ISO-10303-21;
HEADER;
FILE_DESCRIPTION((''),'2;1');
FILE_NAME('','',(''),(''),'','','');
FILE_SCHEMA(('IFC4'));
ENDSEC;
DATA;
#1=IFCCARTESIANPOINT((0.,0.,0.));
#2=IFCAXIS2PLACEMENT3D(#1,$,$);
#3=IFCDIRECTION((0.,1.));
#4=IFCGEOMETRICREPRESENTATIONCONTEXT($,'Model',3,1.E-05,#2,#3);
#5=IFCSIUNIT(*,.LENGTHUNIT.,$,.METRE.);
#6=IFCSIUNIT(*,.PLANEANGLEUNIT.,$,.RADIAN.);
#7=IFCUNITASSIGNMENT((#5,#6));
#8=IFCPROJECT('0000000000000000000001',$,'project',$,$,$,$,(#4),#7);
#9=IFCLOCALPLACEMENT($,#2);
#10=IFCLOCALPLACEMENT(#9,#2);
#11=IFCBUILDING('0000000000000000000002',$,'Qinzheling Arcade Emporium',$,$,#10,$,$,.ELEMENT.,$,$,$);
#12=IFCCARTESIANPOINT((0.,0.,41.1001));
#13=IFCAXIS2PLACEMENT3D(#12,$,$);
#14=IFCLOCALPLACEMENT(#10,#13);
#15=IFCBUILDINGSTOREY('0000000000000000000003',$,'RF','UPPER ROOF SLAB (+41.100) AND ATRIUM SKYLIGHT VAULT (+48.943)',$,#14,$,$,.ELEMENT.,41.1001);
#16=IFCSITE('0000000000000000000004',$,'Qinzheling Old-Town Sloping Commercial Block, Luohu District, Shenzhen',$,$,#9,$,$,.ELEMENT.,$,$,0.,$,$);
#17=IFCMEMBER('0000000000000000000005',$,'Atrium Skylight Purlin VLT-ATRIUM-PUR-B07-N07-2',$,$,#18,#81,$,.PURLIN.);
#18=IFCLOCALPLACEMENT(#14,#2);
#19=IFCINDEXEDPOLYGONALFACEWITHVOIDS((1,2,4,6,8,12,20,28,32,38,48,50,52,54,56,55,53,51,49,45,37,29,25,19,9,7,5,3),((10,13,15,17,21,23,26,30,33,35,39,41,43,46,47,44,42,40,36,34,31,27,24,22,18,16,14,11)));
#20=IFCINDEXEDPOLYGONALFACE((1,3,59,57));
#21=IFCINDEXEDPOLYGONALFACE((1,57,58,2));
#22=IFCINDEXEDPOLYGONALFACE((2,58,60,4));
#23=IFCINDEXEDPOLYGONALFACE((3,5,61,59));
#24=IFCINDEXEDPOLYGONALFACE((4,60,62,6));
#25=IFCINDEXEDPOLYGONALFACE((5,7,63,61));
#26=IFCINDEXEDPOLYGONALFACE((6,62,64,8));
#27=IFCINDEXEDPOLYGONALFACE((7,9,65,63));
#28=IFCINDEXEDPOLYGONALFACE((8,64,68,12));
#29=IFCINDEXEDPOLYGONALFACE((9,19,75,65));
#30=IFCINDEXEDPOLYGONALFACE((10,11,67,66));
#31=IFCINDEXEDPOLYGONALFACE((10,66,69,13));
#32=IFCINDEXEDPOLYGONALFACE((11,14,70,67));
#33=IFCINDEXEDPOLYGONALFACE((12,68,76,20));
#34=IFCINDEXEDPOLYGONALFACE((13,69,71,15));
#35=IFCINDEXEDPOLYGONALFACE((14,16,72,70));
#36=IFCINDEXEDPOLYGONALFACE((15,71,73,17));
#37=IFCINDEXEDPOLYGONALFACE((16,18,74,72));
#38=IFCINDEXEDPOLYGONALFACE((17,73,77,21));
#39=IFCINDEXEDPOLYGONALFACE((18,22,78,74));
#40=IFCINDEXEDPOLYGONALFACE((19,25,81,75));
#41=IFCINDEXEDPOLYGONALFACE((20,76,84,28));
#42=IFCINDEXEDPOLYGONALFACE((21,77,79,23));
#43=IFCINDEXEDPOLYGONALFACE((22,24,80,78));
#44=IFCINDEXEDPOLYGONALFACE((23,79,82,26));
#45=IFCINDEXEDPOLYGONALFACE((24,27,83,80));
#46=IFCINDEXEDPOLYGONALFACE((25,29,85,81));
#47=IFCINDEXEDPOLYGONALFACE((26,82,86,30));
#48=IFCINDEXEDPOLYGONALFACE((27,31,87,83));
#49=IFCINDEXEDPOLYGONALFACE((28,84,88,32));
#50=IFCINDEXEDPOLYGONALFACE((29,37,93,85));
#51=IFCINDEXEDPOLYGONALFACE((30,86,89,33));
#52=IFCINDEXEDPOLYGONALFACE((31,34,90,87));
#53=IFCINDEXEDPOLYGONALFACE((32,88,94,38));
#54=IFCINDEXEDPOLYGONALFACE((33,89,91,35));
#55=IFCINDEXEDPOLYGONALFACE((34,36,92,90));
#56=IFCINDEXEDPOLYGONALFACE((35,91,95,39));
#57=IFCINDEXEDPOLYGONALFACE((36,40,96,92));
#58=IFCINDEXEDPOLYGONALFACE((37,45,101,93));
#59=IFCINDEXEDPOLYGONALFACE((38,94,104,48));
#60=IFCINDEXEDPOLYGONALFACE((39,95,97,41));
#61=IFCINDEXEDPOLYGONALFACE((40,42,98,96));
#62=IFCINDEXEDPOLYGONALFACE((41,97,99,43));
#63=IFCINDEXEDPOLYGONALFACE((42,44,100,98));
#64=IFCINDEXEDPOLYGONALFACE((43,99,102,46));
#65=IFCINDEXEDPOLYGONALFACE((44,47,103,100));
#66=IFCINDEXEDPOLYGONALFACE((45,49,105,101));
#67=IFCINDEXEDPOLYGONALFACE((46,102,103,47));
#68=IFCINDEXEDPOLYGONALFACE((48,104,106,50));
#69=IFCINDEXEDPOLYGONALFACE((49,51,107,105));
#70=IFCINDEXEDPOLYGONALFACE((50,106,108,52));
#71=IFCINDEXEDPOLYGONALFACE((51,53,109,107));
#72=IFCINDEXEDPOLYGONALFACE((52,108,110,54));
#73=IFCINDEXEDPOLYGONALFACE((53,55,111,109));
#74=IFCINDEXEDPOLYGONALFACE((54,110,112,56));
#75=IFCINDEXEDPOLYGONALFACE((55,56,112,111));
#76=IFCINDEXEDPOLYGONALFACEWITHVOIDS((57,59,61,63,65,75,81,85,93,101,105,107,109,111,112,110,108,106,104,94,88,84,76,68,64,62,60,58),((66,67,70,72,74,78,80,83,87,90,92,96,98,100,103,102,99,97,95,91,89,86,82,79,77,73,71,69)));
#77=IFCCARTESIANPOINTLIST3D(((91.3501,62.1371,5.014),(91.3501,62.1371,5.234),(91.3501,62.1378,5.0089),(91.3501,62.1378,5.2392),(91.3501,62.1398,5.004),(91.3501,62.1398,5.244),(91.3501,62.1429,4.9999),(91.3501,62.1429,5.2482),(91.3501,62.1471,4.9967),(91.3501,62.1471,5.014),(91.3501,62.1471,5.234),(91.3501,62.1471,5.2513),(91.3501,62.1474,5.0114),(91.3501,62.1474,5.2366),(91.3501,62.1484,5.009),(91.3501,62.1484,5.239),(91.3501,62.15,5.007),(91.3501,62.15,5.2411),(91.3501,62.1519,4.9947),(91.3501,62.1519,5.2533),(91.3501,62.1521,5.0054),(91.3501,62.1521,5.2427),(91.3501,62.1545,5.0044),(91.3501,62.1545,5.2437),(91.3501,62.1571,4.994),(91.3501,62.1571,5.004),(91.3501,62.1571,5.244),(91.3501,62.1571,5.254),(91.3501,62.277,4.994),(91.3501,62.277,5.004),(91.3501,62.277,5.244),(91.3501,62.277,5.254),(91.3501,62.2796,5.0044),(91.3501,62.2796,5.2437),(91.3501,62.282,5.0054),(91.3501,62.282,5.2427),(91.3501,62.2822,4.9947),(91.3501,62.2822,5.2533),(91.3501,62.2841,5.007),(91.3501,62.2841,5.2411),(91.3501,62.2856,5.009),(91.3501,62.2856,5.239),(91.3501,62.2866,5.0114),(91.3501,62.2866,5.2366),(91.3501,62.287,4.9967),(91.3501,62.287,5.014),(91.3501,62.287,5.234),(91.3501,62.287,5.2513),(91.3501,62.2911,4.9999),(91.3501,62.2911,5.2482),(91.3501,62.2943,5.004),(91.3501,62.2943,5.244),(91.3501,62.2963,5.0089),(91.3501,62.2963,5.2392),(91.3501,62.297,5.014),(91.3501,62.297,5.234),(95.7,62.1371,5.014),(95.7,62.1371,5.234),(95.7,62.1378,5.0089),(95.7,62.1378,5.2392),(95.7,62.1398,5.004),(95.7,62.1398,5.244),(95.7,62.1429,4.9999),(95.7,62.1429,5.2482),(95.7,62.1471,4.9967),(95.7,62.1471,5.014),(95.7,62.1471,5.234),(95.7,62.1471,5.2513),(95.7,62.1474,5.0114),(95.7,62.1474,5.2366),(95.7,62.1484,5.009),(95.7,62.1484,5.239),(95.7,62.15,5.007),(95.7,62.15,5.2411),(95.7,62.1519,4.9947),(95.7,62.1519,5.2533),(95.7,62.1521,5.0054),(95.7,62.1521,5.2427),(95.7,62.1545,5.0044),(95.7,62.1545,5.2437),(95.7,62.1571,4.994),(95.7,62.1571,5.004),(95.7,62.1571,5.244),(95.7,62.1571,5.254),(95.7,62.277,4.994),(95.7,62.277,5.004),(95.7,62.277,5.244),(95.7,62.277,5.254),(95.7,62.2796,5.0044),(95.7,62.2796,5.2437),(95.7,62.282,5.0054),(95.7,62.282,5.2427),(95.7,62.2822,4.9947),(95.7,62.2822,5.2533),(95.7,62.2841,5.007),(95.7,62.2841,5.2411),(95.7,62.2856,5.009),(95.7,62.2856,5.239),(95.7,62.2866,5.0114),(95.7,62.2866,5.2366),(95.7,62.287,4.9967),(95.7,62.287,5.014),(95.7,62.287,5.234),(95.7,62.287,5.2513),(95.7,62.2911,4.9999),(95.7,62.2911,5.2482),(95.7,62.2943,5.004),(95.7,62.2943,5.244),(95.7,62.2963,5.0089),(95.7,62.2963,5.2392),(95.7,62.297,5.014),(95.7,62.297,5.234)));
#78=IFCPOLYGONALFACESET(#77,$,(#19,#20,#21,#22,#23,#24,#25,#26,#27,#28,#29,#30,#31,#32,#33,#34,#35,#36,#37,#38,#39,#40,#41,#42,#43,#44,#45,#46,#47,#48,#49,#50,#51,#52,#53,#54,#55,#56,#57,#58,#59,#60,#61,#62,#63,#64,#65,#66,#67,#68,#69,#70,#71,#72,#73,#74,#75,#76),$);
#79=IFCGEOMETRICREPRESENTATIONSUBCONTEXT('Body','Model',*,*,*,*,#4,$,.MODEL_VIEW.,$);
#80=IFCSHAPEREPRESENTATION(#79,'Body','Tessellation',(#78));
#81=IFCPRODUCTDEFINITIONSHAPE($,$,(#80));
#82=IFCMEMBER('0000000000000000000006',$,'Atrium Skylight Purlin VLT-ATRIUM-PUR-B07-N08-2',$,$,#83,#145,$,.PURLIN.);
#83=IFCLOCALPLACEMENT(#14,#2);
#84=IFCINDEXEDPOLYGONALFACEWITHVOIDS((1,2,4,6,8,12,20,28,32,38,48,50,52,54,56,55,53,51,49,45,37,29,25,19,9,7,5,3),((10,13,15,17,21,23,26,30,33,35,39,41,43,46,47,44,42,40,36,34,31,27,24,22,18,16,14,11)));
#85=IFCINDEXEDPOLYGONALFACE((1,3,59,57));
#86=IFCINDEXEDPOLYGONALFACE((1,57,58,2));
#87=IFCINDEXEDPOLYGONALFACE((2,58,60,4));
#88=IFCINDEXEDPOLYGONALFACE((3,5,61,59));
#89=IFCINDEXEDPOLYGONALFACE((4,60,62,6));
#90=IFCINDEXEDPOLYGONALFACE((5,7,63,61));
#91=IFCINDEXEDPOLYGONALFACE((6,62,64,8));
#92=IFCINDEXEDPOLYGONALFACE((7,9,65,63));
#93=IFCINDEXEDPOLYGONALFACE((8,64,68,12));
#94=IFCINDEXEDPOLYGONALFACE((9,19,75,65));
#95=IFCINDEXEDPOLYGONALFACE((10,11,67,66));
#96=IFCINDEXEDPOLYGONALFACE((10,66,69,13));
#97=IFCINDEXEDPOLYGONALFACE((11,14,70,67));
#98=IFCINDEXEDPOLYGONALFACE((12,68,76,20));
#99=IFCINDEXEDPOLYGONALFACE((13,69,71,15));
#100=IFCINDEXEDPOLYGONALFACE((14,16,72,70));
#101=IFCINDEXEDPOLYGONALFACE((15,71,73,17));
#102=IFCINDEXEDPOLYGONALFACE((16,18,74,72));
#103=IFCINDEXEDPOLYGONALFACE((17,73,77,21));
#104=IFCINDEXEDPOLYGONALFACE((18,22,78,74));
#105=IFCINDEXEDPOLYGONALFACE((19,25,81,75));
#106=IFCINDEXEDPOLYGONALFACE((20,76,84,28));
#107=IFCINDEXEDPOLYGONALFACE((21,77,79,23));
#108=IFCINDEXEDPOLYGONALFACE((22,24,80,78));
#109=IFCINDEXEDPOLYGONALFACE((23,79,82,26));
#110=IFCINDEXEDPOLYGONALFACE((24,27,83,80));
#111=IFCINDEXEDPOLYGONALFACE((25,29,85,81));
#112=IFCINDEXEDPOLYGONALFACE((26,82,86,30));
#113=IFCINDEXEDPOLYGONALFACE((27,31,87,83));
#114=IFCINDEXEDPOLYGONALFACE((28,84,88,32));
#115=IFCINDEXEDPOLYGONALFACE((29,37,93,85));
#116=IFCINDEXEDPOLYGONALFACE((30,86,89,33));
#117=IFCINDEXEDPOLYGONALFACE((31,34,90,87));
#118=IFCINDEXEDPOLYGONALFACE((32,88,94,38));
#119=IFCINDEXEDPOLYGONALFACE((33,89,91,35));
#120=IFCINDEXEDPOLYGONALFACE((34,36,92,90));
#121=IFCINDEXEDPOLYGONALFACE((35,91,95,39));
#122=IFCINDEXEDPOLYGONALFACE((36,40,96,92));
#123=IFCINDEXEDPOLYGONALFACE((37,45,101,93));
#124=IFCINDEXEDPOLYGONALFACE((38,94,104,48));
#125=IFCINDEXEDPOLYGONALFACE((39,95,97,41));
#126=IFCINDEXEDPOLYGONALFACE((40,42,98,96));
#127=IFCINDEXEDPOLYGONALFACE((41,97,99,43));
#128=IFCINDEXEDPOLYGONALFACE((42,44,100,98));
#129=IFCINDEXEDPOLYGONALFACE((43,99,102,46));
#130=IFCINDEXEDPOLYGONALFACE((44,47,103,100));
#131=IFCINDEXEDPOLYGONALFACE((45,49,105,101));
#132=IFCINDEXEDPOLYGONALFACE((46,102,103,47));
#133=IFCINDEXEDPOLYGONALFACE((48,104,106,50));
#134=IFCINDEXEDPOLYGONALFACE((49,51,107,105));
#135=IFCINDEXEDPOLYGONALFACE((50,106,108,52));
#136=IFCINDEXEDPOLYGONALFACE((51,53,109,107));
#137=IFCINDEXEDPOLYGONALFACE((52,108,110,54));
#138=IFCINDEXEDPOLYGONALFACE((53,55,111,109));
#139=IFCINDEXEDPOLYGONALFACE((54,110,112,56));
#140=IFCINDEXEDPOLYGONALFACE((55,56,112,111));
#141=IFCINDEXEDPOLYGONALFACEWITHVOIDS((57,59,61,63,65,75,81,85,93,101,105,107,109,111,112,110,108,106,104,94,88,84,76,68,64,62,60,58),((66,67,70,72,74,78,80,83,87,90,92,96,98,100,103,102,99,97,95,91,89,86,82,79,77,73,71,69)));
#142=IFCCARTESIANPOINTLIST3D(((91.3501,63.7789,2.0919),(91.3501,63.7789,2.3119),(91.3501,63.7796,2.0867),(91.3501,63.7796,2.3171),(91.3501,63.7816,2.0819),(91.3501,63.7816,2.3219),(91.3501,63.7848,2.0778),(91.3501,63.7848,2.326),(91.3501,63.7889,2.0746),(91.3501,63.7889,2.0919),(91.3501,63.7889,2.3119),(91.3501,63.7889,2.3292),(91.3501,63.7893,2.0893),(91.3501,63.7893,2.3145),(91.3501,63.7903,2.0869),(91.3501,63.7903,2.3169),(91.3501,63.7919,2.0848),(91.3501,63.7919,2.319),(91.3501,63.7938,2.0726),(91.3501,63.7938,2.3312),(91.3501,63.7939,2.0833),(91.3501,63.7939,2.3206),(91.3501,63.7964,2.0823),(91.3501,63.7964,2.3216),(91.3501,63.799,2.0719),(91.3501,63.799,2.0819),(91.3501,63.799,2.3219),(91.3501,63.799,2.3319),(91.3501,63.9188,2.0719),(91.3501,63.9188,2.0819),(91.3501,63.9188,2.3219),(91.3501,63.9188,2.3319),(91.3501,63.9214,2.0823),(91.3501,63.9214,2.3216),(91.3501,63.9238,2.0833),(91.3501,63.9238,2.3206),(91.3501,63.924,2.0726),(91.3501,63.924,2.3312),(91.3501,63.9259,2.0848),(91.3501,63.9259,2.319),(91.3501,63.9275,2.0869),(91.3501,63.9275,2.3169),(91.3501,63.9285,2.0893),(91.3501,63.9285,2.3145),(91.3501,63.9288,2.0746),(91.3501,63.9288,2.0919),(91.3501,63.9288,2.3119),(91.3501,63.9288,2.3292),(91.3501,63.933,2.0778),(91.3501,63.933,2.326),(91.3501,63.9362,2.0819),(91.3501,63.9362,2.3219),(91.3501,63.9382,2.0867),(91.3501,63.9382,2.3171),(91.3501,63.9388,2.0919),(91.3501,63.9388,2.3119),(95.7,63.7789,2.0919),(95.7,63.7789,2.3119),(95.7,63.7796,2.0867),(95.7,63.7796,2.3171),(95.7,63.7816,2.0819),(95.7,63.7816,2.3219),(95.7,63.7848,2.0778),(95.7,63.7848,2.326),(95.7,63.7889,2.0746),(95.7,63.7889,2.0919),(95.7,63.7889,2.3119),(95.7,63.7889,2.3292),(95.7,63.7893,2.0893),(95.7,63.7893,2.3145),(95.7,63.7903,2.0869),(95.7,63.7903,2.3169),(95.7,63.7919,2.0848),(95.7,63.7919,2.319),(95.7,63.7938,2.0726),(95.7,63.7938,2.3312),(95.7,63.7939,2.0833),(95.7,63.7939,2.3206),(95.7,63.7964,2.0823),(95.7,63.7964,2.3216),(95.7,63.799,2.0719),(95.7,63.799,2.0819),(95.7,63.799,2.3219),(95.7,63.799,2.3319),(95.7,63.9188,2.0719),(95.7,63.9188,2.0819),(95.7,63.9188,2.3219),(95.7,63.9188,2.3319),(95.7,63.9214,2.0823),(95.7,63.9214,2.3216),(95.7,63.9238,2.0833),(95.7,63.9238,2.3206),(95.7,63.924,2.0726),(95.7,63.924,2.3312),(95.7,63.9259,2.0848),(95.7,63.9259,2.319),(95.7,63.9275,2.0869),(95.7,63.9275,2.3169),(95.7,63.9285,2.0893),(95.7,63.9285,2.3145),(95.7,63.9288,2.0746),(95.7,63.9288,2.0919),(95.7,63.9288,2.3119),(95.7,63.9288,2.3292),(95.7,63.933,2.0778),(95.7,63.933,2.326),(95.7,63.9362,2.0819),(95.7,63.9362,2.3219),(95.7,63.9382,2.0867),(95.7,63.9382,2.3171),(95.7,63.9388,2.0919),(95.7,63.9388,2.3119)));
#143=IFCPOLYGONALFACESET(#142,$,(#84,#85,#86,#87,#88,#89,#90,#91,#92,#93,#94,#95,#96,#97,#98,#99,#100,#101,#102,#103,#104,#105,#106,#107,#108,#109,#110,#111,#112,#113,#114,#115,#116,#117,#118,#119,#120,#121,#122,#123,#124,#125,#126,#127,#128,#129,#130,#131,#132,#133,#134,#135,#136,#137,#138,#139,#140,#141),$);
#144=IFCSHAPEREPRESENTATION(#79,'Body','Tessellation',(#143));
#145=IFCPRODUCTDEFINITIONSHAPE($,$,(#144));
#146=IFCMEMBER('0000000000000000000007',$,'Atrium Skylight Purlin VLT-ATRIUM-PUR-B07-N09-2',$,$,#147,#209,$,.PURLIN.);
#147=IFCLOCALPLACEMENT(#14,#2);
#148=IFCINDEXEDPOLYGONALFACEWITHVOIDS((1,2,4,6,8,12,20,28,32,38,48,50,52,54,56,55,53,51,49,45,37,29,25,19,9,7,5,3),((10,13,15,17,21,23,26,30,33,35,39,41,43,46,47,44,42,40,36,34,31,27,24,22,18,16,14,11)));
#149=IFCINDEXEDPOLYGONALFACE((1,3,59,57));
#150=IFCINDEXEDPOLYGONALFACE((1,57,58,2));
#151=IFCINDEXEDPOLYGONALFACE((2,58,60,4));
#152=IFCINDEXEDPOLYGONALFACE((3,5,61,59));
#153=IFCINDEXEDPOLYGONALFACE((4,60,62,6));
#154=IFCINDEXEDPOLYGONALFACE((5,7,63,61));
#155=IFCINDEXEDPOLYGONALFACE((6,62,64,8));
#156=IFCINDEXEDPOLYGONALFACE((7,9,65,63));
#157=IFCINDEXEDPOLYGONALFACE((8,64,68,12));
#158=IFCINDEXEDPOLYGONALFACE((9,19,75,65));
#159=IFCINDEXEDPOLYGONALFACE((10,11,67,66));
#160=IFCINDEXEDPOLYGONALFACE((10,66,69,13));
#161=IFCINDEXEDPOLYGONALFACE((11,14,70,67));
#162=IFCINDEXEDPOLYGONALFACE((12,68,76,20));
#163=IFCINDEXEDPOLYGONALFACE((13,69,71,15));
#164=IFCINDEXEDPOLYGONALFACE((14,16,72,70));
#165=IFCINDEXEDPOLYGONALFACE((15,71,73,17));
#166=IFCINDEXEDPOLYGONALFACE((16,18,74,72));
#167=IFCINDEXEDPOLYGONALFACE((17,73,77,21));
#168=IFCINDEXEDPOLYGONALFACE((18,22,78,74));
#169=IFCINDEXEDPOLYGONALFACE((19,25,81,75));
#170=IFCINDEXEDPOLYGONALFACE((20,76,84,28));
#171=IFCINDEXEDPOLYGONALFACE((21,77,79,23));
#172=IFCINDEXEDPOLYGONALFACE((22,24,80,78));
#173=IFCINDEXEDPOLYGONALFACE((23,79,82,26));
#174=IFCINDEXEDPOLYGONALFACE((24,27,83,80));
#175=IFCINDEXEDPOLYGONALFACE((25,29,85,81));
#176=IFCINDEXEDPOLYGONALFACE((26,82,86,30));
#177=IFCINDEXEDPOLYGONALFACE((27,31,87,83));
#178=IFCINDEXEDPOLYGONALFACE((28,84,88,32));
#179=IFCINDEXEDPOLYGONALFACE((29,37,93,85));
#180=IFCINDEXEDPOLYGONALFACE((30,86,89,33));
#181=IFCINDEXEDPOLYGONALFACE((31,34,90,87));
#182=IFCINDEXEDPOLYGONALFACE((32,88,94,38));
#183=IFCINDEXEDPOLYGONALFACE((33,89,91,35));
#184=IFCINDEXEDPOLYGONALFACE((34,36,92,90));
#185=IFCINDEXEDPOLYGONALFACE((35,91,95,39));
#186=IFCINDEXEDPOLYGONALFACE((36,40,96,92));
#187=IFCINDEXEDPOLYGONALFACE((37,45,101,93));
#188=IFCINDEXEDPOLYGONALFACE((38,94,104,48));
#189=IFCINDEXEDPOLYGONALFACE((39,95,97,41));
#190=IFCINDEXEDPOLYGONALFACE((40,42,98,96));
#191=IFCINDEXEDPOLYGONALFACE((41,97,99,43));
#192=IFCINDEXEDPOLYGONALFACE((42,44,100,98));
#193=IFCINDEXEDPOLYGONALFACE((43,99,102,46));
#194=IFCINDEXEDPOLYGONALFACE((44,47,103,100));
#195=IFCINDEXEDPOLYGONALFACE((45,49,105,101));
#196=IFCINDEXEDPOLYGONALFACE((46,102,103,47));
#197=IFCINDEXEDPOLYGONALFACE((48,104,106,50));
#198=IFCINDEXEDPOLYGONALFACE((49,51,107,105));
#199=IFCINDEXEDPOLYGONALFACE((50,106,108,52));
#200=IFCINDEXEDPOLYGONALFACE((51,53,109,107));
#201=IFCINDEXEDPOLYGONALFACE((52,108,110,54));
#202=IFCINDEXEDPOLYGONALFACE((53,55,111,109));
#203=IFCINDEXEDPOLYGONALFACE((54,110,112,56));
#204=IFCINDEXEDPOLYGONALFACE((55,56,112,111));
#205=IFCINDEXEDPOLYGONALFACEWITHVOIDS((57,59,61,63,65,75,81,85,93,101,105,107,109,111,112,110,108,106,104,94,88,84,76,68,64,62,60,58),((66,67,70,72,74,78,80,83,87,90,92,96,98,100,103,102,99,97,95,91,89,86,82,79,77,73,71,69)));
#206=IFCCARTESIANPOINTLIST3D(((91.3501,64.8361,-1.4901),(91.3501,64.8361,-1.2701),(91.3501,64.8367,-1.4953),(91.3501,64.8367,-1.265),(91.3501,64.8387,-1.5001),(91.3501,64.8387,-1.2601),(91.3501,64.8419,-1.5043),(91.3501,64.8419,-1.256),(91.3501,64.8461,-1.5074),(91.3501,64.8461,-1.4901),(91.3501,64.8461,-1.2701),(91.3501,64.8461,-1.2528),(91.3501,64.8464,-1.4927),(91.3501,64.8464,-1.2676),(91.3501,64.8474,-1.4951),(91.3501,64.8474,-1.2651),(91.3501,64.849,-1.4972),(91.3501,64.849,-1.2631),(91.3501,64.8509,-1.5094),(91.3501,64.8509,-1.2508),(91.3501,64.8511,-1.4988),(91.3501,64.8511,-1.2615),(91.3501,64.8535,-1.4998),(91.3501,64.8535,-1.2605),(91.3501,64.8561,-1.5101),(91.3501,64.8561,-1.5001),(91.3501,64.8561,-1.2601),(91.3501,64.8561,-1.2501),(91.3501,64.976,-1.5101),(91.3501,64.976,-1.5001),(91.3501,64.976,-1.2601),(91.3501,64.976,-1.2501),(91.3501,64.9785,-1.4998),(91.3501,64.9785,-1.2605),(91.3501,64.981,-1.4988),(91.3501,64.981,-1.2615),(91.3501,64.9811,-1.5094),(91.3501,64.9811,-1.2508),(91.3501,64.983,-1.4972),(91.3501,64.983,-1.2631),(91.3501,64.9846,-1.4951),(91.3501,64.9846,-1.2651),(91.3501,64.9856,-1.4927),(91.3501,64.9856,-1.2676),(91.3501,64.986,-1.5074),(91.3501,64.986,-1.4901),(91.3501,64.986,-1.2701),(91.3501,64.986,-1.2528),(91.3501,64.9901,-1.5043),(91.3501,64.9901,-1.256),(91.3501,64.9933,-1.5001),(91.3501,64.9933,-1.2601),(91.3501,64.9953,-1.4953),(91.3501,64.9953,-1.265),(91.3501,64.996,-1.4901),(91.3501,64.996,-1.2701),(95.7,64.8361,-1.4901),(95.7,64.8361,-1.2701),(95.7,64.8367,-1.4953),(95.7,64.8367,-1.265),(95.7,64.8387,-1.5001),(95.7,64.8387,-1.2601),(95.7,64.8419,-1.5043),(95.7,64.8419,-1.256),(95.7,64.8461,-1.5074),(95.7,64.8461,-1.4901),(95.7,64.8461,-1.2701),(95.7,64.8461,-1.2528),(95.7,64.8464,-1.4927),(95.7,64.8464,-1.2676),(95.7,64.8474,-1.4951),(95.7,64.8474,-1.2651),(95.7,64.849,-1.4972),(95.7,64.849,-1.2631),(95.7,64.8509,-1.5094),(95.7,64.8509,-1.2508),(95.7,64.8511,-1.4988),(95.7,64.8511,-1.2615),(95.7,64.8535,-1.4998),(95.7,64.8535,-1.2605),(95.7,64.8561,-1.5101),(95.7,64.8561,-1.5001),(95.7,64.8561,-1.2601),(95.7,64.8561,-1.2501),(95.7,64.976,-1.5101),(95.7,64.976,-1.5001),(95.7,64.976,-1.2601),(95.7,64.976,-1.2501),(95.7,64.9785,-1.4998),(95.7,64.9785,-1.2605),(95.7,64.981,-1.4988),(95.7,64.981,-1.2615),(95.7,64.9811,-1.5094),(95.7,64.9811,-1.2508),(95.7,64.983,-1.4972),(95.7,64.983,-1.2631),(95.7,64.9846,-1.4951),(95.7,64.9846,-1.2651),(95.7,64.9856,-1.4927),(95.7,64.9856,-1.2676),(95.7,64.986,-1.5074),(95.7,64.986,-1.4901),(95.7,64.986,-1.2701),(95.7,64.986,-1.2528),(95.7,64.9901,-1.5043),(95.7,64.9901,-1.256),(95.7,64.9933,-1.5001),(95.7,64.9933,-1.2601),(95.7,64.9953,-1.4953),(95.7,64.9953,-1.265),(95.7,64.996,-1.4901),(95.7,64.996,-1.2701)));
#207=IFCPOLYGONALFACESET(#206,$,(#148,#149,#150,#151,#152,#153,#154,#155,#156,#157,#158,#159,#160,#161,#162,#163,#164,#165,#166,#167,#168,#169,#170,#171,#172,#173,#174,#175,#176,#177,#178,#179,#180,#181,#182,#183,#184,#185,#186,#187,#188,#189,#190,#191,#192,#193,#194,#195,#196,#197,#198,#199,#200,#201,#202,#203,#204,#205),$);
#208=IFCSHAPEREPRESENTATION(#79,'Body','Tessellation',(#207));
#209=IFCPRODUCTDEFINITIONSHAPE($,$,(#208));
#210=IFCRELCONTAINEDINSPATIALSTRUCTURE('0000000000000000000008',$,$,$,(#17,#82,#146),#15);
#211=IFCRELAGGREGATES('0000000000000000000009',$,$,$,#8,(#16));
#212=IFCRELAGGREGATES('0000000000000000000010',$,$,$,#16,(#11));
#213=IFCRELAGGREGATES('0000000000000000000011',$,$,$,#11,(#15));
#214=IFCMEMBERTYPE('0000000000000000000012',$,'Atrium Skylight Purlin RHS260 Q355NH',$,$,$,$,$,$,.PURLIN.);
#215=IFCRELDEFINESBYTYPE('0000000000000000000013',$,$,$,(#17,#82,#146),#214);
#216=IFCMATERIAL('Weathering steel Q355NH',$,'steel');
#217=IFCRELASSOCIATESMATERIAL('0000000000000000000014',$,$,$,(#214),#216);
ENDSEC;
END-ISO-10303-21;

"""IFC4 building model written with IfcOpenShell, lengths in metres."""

from ifc_helpers import new_model, si_unit, direction, frame, origin, origin_2d, place, context, subcontext, project, spatial, hollow_rectangle, extrude, material, material_profile, profile_set, type_object, element, save


model = new_model("IFC4")

# Units and contexts
model_context = context("Model", 3, precision=1e-05, world=origin(), true_north=direction((0.0, 1.0)))
body_context = subcontext(model_context, "Body", "Model", "MODEL_VIEW")
ifc_project = project(units=[si_unit("LENGTHUNIT", "METRE"), si_unit("PLANEANGLEUNIT", "RADIAN")], contexts=[model_context])

# Site, building, storey
site_placement = place(None, origin())
site = spatial("IfcSite", under=ifc_project, at=site_placement, Name="Qinzheling Old-Town Sloping Commercial Block, Luohu District, Shenzhen", CompositionType="ELEMENT", RefElevation=0.0)
building_placement = place(site_placement, origin())
building = spatial("IfcBuilding", under=site, at=building_placement, Name="Qinzheling Arcade Emporium", CompositionType="ELEMENT")
storey_placement = place(building_placement, frame((0.0, 0.0, 41.1001)))
storey = spatial("IfcBuildingStorey", under=building, at=storey_placement, Name="RF", Description="UPPER ROOF SLAB (+41.100) AND ATRIUM SKYLIGHT VAULT (+48.943)", CompositionType="ELEMENT", Elevation=41.1001)

# Shared definitions
ifc_material_1 = material(Name="Weathering steel Q355NH", Category="steel")

# Members
ifc_material_profile_1 = material_profile(ifc_material_1, hollow_rectangle(XDim=0.1599, YDim=0.26, WallThickness=0.01, InnerFilletRadius=0.01, OuterFilletRadius=0.02, at=origin_2d()), Name="RHS 260x160x10", Category="steel")
ifc_profile_set_1 = profile_set([ifc_material_profile_1], Name="Weathering steel Q355NH")
member_type = type_object("IfcMemberType", Name="Atrium Skylight Purlin RHS260 Q355NH", PredefinedType="PURLIN", material=ifc_profile_set_1)
for number, where, z_axis, x_axis, name in (
    (1, (91.3501, 62.217, 5.124), (1.0, 0.0, 0.0), (0.0, 1.0, 0.0), "Atrium Skylight Purlin VLT-ATRIUM-PUR-B07-N07-2"),
    (2, (91.3501, 63.8589, 2.2019), (1.0, 0.0, 0.0), (0.0, 1.0, 0.0), "Atrium Skylight Purlin VLT-ATRIUM-PUR-B07-N08-2"),
    (3, (91.3501, 64.916, -1.3801), (1.0, 0.0, 0.0), (0.0, 1.0, 0.0), "Atrium Skylight Purlin VLT-ATRIUM-PUR-B07-N09-2"),
):
    element("IfcMember", number, at=place(storey_placement, frame(where, z_axis=z_axis, x_axis=x_axis)), inside=storey, type_object=member_type, Name=name, PredefinedType="PURLIN", context=body_context, shape_type="SweptSolid", body=[
        extrude(hollow_rectangle(XDim=0.1599, YDim=0.26, WallThickness=0.01, InnerFilletRadius=0.01, OuterFilletRadius=0.02, at=origin_2d()), origin(), (0.0, 0.0, 1.0), 4.3499),
    ])

save(model, "model.ifc")
